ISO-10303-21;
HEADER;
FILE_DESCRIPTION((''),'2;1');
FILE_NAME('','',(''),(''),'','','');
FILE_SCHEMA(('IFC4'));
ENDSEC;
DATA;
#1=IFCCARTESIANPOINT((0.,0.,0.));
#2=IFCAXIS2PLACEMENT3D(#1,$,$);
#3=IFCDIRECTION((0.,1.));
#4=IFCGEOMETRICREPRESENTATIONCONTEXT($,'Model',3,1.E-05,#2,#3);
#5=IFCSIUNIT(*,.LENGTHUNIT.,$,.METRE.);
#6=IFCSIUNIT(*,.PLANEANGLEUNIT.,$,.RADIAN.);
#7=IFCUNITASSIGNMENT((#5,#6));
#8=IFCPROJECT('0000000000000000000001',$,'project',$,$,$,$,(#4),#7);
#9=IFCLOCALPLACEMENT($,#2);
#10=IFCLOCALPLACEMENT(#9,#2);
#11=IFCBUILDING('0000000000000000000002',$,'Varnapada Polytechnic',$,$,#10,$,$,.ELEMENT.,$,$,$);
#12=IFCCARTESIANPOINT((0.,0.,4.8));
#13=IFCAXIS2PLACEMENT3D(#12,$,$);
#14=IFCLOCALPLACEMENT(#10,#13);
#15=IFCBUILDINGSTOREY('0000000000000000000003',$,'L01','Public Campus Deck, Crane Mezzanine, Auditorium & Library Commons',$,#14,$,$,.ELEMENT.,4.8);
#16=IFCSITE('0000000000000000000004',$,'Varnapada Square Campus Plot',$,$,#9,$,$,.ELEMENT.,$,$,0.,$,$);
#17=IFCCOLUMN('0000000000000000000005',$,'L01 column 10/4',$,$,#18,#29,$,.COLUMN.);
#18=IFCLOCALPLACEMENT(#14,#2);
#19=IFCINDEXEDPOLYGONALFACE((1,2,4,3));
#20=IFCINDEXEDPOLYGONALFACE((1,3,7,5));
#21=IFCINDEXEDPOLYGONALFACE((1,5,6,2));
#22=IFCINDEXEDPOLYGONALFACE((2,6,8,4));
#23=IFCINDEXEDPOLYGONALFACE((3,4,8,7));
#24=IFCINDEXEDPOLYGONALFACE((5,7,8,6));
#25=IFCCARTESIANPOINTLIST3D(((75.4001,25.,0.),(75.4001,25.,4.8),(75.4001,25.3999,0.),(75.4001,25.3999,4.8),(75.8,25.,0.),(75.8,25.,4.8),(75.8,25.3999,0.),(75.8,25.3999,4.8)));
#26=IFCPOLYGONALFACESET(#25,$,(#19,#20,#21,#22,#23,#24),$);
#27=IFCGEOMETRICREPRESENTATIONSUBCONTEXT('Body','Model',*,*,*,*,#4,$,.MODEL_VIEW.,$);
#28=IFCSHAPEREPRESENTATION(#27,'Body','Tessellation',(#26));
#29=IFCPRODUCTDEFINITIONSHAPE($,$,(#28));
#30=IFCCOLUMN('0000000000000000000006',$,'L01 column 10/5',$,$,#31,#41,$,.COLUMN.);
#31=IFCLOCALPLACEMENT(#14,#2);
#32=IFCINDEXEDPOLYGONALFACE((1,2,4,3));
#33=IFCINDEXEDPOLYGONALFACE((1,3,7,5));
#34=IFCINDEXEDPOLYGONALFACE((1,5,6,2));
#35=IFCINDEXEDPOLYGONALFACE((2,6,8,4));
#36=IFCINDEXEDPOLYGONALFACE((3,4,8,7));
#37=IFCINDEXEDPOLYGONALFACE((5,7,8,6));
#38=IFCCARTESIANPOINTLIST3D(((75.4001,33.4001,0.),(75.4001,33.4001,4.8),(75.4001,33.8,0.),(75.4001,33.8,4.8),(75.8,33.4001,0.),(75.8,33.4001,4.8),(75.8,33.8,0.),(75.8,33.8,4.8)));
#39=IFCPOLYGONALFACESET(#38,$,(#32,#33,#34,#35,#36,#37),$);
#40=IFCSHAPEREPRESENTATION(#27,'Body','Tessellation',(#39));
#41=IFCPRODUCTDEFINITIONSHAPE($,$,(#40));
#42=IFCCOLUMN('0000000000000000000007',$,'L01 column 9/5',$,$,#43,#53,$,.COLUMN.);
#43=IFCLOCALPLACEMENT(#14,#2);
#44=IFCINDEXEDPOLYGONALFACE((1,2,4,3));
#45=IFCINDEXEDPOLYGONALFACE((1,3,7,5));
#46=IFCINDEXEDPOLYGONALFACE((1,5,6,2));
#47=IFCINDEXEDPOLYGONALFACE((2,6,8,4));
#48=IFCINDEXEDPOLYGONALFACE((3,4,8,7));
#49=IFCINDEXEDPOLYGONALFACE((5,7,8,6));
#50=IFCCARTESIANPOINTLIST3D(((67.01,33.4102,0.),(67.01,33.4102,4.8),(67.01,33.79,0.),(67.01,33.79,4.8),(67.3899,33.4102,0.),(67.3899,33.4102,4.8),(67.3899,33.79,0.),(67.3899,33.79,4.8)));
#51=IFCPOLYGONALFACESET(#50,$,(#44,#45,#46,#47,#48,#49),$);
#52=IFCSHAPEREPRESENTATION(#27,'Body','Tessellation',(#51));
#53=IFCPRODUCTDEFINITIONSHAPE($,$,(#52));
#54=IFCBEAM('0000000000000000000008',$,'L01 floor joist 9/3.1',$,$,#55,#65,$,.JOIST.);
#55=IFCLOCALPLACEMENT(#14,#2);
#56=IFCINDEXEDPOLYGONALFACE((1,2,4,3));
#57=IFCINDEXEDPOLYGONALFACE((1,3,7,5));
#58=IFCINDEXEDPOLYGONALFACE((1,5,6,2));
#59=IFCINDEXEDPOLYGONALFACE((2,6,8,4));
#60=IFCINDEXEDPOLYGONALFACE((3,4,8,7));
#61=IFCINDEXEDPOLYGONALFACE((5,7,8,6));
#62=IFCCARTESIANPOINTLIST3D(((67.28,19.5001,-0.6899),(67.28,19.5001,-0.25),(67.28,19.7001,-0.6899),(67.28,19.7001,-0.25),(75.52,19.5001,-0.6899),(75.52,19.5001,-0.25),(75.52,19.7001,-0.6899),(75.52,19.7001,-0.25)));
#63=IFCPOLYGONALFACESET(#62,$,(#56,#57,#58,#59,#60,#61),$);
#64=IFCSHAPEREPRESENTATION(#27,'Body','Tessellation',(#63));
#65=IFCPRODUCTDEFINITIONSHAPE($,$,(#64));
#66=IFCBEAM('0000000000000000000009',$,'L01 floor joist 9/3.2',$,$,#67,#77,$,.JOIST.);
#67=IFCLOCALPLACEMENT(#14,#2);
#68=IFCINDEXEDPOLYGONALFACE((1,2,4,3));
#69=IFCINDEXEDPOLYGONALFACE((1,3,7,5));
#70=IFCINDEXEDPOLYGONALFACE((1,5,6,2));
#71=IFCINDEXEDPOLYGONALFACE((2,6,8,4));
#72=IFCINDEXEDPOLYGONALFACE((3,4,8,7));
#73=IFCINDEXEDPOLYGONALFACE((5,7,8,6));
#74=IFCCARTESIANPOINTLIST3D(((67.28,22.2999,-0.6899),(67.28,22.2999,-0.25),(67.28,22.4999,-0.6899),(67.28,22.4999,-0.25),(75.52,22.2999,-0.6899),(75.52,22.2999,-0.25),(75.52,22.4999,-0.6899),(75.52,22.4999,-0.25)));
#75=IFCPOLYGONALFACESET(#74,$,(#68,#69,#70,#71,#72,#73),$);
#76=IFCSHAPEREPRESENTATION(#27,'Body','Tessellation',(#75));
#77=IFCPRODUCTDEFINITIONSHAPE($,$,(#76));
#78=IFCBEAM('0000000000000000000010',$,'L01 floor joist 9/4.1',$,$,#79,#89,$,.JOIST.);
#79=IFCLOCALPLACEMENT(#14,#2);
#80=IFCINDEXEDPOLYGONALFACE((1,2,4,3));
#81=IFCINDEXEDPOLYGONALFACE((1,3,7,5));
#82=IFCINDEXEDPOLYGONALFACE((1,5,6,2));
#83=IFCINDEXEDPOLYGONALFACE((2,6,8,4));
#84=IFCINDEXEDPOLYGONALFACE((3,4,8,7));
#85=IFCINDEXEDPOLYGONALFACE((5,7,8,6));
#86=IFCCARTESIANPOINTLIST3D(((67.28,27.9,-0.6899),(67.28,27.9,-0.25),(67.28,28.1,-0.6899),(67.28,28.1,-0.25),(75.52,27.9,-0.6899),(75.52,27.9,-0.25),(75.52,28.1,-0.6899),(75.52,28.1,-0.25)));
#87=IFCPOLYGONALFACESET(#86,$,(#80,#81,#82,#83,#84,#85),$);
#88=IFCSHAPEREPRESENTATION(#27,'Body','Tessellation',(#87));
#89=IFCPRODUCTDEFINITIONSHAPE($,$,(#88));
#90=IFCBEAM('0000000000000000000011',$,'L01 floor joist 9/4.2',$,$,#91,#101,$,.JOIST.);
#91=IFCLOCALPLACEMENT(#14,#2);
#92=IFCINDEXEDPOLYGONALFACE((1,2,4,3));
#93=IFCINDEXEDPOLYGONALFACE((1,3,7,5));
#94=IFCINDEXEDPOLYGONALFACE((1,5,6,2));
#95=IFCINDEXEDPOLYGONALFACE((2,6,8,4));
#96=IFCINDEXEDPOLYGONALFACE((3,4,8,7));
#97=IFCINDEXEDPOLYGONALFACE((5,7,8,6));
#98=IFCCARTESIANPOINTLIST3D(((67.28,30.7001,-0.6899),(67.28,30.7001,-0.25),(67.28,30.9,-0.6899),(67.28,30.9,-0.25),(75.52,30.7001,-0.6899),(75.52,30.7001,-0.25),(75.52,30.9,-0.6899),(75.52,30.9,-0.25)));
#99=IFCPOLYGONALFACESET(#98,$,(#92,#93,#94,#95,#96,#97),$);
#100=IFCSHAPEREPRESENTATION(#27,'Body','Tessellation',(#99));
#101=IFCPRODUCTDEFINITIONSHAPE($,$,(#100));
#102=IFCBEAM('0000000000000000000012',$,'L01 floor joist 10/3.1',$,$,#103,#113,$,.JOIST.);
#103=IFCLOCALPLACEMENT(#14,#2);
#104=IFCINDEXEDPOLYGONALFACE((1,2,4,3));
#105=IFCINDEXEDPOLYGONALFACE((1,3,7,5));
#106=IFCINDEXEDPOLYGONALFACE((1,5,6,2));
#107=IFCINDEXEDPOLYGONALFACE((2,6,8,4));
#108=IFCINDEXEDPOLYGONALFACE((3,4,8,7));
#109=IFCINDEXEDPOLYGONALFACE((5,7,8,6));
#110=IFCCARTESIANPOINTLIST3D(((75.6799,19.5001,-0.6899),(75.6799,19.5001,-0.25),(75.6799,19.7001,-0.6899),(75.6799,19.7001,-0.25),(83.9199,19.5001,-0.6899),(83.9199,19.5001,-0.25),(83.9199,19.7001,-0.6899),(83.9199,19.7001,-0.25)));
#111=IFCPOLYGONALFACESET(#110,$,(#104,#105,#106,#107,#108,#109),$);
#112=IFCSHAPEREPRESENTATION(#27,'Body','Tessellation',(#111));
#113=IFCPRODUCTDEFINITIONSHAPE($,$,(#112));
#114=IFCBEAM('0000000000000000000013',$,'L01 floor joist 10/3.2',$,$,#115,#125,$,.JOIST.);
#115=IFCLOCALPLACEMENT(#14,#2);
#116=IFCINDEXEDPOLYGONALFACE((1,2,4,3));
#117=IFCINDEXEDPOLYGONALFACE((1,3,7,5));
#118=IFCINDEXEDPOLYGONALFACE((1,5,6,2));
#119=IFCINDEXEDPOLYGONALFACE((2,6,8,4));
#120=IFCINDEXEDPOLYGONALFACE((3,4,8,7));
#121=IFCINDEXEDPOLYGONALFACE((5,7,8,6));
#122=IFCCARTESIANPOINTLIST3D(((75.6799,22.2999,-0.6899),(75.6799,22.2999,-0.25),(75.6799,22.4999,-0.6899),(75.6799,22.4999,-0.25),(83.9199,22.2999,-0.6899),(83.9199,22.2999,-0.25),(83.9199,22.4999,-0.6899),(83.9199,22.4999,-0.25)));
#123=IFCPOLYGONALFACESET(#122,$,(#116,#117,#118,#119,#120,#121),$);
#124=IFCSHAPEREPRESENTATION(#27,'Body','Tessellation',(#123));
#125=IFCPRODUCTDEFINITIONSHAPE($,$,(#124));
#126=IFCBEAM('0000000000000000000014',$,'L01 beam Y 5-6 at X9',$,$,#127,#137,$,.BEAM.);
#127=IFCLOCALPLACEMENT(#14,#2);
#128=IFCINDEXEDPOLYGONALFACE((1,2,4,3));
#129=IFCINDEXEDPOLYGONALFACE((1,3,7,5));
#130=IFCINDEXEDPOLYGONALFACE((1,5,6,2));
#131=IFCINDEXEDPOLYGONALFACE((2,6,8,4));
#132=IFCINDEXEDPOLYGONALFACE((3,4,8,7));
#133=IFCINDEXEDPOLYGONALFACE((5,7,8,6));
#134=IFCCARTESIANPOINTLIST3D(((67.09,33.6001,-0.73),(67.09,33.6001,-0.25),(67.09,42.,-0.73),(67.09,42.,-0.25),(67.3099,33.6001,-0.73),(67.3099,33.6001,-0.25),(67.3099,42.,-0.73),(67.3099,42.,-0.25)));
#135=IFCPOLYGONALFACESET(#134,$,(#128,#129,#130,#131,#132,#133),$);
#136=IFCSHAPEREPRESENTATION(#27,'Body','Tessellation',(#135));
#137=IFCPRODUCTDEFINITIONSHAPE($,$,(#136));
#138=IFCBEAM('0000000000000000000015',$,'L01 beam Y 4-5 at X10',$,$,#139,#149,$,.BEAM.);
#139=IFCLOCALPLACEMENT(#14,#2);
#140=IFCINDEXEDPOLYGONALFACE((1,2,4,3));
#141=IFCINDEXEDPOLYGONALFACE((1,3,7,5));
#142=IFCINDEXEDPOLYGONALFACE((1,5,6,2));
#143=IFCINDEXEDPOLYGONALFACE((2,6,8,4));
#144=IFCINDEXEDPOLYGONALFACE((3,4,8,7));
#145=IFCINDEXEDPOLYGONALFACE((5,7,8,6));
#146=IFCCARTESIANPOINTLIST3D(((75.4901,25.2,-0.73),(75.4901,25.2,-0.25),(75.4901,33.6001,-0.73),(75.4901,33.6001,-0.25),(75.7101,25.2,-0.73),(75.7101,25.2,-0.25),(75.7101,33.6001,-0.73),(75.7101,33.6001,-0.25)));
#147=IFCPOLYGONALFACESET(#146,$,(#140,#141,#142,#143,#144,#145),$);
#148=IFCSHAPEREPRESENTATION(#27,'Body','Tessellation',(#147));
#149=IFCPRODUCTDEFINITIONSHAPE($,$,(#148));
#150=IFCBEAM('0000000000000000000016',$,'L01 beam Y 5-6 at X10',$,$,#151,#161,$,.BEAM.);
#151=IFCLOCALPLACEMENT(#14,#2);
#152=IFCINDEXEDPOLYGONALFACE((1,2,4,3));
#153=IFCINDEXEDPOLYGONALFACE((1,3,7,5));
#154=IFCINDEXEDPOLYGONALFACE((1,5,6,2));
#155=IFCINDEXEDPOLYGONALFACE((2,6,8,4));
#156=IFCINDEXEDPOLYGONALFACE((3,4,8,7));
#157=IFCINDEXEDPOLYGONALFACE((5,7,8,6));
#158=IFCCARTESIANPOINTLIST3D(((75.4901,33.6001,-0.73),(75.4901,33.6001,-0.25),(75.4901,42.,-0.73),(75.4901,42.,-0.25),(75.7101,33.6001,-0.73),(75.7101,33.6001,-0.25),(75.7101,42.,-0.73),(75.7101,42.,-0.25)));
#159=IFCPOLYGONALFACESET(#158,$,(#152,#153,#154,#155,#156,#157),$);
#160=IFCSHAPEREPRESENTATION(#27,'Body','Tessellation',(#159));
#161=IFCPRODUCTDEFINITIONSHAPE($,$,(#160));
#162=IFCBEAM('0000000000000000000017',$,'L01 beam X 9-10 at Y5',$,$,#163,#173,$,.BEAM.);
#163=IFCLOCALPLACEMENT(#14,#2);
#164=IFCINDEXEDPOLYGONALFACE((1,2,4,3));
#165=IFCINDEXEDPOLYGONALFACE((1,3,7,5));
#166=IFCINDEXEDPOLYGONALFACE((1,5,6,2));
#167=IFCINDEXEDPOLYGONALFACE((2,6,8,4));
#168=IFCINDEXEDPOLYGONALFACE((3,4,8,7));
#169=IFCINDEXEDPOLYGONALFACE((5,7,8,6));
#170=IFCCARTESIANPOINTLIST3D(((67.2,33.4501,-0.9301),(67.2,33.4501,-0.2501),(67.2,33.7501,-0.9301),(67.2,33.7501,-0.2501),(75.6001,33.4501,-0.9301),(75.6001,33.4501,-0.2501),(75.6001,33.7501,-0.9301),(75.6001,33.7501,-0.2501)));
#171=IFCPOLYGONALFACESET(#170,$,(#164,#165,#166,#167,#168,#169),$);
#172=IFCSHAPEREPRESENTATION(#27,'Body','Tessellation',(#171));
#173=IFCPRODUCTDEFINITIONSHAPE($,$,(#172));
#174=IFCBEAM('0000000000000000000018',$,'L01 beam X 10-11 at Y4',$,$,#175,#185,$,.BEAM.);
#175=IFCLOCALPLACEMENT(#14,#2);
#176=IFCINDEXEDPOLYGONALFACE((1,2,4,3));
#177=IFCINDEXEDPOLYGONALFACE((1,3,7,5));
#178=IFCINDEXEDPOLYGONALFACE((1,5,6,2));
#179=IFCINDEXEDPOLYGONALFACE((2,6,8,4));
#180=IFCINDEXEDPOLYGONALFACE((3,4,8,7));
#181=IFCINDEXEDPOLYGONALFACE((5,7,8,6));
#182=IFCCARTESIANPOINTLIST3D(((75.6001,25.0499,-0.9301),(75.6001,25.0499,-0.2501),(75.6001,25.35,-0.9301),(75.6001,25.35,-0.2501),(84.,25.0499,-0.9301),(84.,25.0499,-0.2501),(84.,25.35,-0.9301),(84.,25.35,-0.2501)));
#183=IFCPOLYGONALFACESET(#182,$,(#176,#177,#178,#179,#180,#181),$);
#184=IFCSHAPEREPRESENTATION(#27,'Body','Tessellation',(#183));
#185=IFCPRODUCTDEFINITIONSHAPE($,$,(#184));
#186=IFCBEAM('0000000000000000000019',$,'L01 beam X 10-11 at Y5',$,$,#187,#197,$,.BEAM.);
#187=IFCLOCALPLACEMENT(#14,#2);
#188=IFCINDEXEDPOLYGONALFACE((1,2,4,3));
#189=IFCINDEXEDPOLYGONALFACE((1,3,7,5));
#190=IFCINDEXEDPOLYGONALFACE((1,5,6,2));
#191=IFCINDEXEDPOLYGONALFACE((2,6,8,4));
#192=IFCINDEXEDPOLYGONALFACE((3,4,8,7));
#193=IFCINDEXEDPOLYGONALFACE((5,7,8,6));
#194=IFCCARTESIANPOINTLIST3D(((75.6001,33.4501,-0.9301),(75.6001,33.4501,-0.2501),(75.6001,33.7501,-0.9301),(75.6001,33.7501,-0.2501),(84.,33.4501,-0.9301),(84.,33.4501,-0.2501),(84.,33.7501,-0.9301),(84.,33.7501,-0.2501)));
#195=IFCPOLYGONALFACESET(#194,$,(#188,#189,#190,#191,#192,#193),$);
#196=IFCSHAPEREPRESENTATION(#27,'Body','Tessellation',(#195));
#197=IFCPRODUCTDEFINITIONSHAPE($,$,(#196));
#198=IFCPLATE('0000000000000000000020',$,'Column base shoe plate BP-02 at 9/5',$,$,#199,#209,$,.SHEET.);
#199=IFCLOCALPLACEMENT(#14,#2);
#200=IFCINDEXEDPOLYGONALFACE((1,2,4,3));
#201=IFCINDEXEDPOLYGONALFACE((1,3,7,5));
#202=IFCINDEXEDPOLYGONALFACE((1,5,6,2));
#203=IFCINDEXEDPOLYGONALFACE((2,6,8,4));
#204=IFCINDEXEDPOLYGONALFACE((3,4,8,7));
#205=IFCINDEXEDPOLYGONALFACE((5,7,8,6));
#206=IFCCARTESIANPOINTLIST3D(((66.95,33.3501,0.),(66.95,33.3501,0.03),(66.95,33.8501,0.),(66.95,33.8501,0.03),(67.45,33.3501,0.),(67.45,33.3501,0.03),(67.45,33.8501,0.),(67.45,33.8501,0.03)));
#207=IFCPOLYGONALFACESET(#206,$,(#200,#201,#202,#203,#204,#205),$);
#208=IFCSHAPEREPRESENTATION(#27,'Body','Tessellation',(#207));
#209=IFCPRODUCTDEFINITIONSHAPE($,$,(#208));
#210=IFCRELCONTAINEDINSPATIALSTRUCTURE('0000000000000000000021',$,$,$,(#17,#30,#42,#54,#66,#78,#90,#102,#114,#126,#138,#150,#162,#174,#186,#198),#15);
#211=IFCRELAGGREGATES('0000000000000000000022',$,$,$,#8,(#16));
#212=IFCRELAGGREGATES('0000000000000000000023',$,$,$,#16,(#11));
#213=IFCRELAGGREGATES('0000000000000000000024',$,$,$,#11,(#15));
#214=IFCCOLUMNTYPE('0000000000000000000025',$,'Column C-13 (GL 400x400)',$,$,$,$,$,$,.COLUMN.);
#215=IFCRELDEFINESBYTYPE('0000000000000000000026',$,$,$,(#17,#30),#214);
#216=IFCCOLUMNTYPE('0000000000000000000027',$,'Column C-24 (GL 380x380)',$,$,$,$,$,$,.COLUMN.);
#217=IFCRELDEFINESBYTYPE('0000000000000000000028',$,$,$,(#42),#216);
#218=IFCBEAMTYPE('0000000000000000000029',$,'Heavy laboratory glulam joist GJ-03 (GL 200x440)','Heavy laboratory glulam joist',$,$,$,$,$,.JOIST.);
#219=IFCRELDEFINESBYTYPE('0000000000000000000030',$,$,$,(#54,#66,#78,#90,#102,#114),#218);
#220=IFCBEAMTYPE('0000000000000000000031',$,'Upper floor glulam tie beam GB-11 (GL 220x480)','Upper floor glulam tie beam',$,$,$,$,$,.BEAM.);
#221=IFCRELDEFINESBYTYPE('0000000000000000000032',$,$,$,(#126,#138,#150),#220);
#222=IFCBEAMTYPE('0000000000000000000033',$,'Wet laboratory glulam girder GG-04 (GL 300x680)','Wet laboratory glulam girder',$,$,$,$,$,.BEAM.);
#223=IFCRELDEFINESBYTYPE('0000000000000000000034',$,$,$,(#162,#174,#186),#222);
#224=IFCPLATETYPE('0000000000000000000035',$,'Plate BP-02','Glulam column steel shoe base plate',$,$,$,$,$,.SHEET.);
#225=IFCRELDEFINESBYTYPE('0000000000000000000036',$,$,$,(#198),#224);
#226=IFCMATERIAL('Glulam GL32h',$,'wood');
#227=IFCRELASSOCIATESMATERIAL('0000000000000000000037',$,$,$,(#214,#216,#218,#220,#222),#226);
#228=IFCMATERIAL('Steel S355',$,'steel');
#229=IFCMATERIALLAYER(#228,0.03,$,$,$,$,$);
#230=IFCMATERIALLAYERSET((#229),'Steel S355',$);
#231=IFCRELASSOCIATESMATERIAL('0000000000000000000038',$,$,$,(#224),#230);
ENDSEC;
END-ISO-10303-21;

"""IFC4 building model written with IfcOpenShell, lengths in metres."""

from ifc_helpers import new_model, si_unit, direction, frame, origin, origin_2d, place, context, subcontext, project, spatial, rectangle, extrude, material, layer, layer_set, material_profile, profile_set, type_object, element, save


model = new_model("IFC4")

# Units and contexts
model_context = context("Model", 3, precision=1e-05, world=origin(), true_north=direction((0.0, 1.0)))
body_context = subcontext(model_context, "Body", "Model", "MODEL_VIEW")
ifc_project = project(units=[si_unit("LENGTHUNIT", "METRE"), si_unit("PLANEANGLEUNIT", "RADIAN")], contexts=[model_context])

# Site, building, storey
site_placement = place(None, origin())
site = spatial("IfcSite", under=ifc_project, at=site_placement, Name="Varnapada Square Campus Plot", CompositionType="ELEMENT", RefElevation=0.0)
building_placement = place(site_placement, origin())
building = spatial("IfcBuilding", under=site, at=building_placement, Name="Varnapada Polytechnic", CompositionType="ELEMENT")
storey_placement = place(building_placement, frame((0.0, 0.0, 4.8)))
storey = spatial("IfcBuildingStorey", under=building, at=storey_placement, Name="L01", Description="Public Campus Deck, Crane Mezzanine, Auditorium & Library Commons", CompositionType="ELEMENT", Elevation=4.8)

# Columns
ifc_material_1 = material(Name="Glulam GL32h", Category="wood")
ifc_material_profile_1 = material_profile(ifc_material_1, rectangle(XDim=0.3999, YDim=0.3999, at=origin_2d()), Name="GL 400x400")
ifc_profile_set_1 = profile_set([ifc_material_profile_1], Name="Glulam GL32h")
column_type_1 = type_object("IfcColumnType", Name="Column C-13 (GL 400x400)", PredefinedType="COLUMN", material=ifc_profile_set_1)
for number, where, z_axis, x_axis, name in (
    (1, (75.6001, 25.2, 0.0), (0.0, 0.0, 1.0), (1.0, 0.0, 0.0), "L01 column 10/4"),
    (2, (75.6001, 33.6001, 0.0), (0.0, 0.0, 1.0), (1.0, 0.0, 0.0), "L01 column 10/5"),
):
    element("IfcColumn", number, at=place(storey_placement, frame(where, z_axis=z_axis, x_axis=x_axis)), inside=storey, type_object=column_type_1, Name=name, PredefinedType="COLUMN", context=body_context, shape_type="SweptSolid", body=[
        extrude(rectangle(XDim=0.3999, YDim=0.3999, at=origin_2d()), origin(), (0.0, 0.0, 1.0), 4.8),
    ])
ifc_material_profile_2 = material_profile(ifc_material_1, rectangle(XDim=0.3799, YDim=0.3799, at=origin_2d()), Name="GL 380x380")
ifc_profile_set_2 = profile_set([ifc_material_profile_2], Name="Glulam GL32h")
column_type_2 = type_object("IfcColumnType", Name="Column C-24 (GL 380x380)", PredefinedType="COLUMN", material=ifc_profile_set_2)
column_placement = place(storey_placement, frame((67.2, 33.6001, 0.0), z_axis=(0.0, 0.0, 1.0), x_axis=(1.0, 0.0, 0.0)))
element("IfcColumn", 3, at=column_placement, inside=storey, type_object=column_type_2, Name="L01 column 9/5", PredefinedType="COLUMN", context=body_context, shape_type="SweptSolid", body=[
    extrude(rectangle(XDim=0.3799, YDim=0.3799, at=origin_2d()), origin(), (0.0, 0.0, 1.0), 4.8),
])

# Beams
ifc_material_profile_3 = material_profile(ifc_material_1, rectangle(XDim=0.2, YDim=0.4399, at=origin_2d()), Name="GL 200x440")
ifc_profile_set_3 = profile_set([ifc_material_profile_3], Name="Glulam GL32h")
beam_type_1 = type_object("IfcBeamType", Name="Heavy laboratory glulam joist GJ-03 (GL 200x440)", Description="Heavy laboratory glulam joist", PredefinedType="JOIST", material=ifc_profile_set_3)
for number, where, z_axis, x_axis, name in (
    (4, (67.28, 19.6001, -0.47), (1.0, 0.0, 0.0), (0.0, 1.0, 0.0), "L01 floor joist 9/3.1"),
    (5, (67.28, 22.3999, -0.47), (1.0, 0.0, 0.0), (0.0, 1.0, 0.0), "L01 floor joist 9/3.2"),
    (6, (67.28, 28.0, -0.47), (1.0, 0.0, 0.0), (0.0, 1.0, 0.0), "L01 floor joist 9/4.1"),
    (7, (67.28, 30.8, -0.47), (1.0, 0.0, 0.0), (0.0, 1.0, 0.0), "L01 floor joist 9/4.2"),
    (8, (75.6799, 19.6001, -0.47), (1.0, 0.0, 0.0), (0.0, 1.0, 0.0), "L01 floor joist 10/3.1"),
    (9, (75.6799, 22.3999, -0.47), (1.0, 0.0, 0.0), (0.0, 1.0, 0.0), "L01 floor joist 10/3.2"),
):
    element("IfcBeam", number, at=place(storey_placement, frame(where, z_axis=z_axis, x_axis=x_axis)), inside=storey, type_object=beam_type_1, Name=name, PredefinedType="JOIST", context=body_context, shape_type="SweptSolid", body=[
        extrude(rectangle(XDim=0.2, YDim=0.4399, at=origin_2d()), origin(), (0.0, 0.0, 1.0), 8.24),
    ])
ifc_material_profile_4 = material_profile(ifc_material_1, rectangle(XDim=0.22, YDim=0.48, at=origin_2d()), Name="GL 220x480")
ifc_profile_set_4 = profile_set([ifc_material_profile_4], Name="Glulam GL32h")
beam_type_2 = type_object("IfcBeamType", Name="Upper floor glulam tie beam GB-11 (GL 220x480)", Description="Upper floor glulam tie beam", PredefinedType="BEAM", material=ifc_profile_set_4)
beam_1_placement = place(storey_placement, frame((67.2, 33.6001, -0.49), z_axis=(0.0, 1.0, 0.0), x_axis=(-1.0, 0.0, 0.0)))
element("IfcBeam", 10, at=beam_1_placement, inside=storey, type_object=beam_type_2, Name="L01 beam Y 5-6 at X9", PredefinedType="BEAM", context=body_context, shape_type="SweptSolid", body=[
    extrude(rectangle(XDim=0.22, YDim=0.48, at=origin_2d()), origin(), (0.0, 0.0, 1.0), 8.3999),
])
beam_2_placement = place(storey_placement, frame((75.6001, 25.2, -0.49), z_axis=(0.0, 1.0, 0.0), x_axis=(-1.0, 0.0, 0.0)))
element("IfcBeam", 11, at=beam_2_placement, inside=storey, type_object=beam_type_2, Name="L01 beam Y 4-5 at X10", PredefinedType="BEAM", context=body_context, shape_type="SweptSolid", body=[
    extrude(rectangle(XDim=0.22, YDim=0.48, at=origin_2d()), origin(), (0.0, 0.0, 1.0), 8.4001),
])
beam_3_placement = place(storey_placement, frame((75.6001, 33.6001, -0.49), z_axis=(0.0, 1.0, 0.0), x_axis=(-1.0, 0.0, 0.0)))
element("IfcBeam", 12, at=beam_3_placement, inside=storey, type_object=beam_type_2, Name="L01 beam Y 5-6 at X10", PredefinedType="BEAM", context=body_context, shape_type="SweptSolid", body=[
    extrude(rectangle(XDim=0.22, YDim=0.48, at=origin_2d()), origin(), (0.0, 0.0, 1.0), 8.3999),
])
ifc_material_profile_5 = material_profile(ifc_material_1, rectangle(XDim=0.3, YDim=0.6799, at=origin_2d()), Name="GL 300x680")
ifc_profile_set_5 = profile_set([ifc_material_profile_5], Name="Glulam GL32h")
beam_type_3 = type_object("IfcBeamType", Name="Wet laboratory glulam girder GG-04 (GL 300x680)", Description="Wet laboratory glulam girder", PredefinedType="BEAM", material=ifc_profile_set_5)
beam_4_placement = place(storey_placement, frame((67.2, 33.6001, -0.5901), z_axis=(1.0, 0.0, 0.0), x_axis=(0.0, 1.0, 0.0)))
element("IfcBeam", 13, at=beam_4_placement, inside=storey, type_object=beam_type_3, Name="L01 beam X 9-10 at Y5", PredefinedType="BEAM", context=body_context, shape_type="SweptSolid", body=[
    extrude(rectangle(XDim=0.3, YDim=0.6799, at=origin_2d()), origin(), (0.0, 0.0, 1.0), 8.4001),
])
for number, where, z_axis, x_axis, name in (
    (14, (75.6001, 25.2, -0.5901), (1.0, 0.0, 0.0), (0.0, 1.0, 0.0), "L01 beam X 10-11 at Y4"),
    (15, (75.6001, 33.6001, -0.5901), (1.0, 0.0, 0.0), (0.0, 1.0, 0.0), "L01 beam X 10-11 at Y5"),
):
    element("IfcBeam", number, at=place(storey_placement, frame(where, z_axis=z_axis, x_axis=x_axis)), inside=storey, type_object=beam_type_3, Name=name, PredefinedType="BEAM", context=body_context, shape_type="SweptSolid", body=[
        extrude(rectangle(XDim=0.3, YDim=0.6799, at=origin_2d()), origin(), (0.0, 0.0, 1.0), 8.3999),
    ])

# Plate
ifc_material_2 = material(Name="Steel S355", Category="steel")
ifc_layer_1 = layer(ifc_material_2, 0.03)
ifc_layer_set_1 = layer_set([ifc_layer_1], Name="Steel S355")
plate_type = type_object("IfcPlateType", Name="Plate BP-02", Description="Glulam column steel shoe base plate", PredefinedType="SHEET", material=ifc_layer_set_1)
for number, where, z_axis, x_axis, name in (
    (16, (67.2, 33.6001, 0.0), (0.0, 0.0, 1.0), (1.0, 0.0, 0.0), "Column base shoe plate BP-02 at 9/5"),
):
    element("IfcPlate", number, at=place(storey_placement, frame(where, z_axis=z_axis, x_axis=x_axis)), inside=storey, type_object=plate_type, Name=name, PredefinedType="SHEET", context=body_context, shape_type="SweptSolid", body=[
        extrude(rectangle(XDim=0.5, YDim=0.5, at=origin_2d()), origin(), (0.0, 0.0, 1.0), 0.03),
    ])

save(model, "model.ifc")
